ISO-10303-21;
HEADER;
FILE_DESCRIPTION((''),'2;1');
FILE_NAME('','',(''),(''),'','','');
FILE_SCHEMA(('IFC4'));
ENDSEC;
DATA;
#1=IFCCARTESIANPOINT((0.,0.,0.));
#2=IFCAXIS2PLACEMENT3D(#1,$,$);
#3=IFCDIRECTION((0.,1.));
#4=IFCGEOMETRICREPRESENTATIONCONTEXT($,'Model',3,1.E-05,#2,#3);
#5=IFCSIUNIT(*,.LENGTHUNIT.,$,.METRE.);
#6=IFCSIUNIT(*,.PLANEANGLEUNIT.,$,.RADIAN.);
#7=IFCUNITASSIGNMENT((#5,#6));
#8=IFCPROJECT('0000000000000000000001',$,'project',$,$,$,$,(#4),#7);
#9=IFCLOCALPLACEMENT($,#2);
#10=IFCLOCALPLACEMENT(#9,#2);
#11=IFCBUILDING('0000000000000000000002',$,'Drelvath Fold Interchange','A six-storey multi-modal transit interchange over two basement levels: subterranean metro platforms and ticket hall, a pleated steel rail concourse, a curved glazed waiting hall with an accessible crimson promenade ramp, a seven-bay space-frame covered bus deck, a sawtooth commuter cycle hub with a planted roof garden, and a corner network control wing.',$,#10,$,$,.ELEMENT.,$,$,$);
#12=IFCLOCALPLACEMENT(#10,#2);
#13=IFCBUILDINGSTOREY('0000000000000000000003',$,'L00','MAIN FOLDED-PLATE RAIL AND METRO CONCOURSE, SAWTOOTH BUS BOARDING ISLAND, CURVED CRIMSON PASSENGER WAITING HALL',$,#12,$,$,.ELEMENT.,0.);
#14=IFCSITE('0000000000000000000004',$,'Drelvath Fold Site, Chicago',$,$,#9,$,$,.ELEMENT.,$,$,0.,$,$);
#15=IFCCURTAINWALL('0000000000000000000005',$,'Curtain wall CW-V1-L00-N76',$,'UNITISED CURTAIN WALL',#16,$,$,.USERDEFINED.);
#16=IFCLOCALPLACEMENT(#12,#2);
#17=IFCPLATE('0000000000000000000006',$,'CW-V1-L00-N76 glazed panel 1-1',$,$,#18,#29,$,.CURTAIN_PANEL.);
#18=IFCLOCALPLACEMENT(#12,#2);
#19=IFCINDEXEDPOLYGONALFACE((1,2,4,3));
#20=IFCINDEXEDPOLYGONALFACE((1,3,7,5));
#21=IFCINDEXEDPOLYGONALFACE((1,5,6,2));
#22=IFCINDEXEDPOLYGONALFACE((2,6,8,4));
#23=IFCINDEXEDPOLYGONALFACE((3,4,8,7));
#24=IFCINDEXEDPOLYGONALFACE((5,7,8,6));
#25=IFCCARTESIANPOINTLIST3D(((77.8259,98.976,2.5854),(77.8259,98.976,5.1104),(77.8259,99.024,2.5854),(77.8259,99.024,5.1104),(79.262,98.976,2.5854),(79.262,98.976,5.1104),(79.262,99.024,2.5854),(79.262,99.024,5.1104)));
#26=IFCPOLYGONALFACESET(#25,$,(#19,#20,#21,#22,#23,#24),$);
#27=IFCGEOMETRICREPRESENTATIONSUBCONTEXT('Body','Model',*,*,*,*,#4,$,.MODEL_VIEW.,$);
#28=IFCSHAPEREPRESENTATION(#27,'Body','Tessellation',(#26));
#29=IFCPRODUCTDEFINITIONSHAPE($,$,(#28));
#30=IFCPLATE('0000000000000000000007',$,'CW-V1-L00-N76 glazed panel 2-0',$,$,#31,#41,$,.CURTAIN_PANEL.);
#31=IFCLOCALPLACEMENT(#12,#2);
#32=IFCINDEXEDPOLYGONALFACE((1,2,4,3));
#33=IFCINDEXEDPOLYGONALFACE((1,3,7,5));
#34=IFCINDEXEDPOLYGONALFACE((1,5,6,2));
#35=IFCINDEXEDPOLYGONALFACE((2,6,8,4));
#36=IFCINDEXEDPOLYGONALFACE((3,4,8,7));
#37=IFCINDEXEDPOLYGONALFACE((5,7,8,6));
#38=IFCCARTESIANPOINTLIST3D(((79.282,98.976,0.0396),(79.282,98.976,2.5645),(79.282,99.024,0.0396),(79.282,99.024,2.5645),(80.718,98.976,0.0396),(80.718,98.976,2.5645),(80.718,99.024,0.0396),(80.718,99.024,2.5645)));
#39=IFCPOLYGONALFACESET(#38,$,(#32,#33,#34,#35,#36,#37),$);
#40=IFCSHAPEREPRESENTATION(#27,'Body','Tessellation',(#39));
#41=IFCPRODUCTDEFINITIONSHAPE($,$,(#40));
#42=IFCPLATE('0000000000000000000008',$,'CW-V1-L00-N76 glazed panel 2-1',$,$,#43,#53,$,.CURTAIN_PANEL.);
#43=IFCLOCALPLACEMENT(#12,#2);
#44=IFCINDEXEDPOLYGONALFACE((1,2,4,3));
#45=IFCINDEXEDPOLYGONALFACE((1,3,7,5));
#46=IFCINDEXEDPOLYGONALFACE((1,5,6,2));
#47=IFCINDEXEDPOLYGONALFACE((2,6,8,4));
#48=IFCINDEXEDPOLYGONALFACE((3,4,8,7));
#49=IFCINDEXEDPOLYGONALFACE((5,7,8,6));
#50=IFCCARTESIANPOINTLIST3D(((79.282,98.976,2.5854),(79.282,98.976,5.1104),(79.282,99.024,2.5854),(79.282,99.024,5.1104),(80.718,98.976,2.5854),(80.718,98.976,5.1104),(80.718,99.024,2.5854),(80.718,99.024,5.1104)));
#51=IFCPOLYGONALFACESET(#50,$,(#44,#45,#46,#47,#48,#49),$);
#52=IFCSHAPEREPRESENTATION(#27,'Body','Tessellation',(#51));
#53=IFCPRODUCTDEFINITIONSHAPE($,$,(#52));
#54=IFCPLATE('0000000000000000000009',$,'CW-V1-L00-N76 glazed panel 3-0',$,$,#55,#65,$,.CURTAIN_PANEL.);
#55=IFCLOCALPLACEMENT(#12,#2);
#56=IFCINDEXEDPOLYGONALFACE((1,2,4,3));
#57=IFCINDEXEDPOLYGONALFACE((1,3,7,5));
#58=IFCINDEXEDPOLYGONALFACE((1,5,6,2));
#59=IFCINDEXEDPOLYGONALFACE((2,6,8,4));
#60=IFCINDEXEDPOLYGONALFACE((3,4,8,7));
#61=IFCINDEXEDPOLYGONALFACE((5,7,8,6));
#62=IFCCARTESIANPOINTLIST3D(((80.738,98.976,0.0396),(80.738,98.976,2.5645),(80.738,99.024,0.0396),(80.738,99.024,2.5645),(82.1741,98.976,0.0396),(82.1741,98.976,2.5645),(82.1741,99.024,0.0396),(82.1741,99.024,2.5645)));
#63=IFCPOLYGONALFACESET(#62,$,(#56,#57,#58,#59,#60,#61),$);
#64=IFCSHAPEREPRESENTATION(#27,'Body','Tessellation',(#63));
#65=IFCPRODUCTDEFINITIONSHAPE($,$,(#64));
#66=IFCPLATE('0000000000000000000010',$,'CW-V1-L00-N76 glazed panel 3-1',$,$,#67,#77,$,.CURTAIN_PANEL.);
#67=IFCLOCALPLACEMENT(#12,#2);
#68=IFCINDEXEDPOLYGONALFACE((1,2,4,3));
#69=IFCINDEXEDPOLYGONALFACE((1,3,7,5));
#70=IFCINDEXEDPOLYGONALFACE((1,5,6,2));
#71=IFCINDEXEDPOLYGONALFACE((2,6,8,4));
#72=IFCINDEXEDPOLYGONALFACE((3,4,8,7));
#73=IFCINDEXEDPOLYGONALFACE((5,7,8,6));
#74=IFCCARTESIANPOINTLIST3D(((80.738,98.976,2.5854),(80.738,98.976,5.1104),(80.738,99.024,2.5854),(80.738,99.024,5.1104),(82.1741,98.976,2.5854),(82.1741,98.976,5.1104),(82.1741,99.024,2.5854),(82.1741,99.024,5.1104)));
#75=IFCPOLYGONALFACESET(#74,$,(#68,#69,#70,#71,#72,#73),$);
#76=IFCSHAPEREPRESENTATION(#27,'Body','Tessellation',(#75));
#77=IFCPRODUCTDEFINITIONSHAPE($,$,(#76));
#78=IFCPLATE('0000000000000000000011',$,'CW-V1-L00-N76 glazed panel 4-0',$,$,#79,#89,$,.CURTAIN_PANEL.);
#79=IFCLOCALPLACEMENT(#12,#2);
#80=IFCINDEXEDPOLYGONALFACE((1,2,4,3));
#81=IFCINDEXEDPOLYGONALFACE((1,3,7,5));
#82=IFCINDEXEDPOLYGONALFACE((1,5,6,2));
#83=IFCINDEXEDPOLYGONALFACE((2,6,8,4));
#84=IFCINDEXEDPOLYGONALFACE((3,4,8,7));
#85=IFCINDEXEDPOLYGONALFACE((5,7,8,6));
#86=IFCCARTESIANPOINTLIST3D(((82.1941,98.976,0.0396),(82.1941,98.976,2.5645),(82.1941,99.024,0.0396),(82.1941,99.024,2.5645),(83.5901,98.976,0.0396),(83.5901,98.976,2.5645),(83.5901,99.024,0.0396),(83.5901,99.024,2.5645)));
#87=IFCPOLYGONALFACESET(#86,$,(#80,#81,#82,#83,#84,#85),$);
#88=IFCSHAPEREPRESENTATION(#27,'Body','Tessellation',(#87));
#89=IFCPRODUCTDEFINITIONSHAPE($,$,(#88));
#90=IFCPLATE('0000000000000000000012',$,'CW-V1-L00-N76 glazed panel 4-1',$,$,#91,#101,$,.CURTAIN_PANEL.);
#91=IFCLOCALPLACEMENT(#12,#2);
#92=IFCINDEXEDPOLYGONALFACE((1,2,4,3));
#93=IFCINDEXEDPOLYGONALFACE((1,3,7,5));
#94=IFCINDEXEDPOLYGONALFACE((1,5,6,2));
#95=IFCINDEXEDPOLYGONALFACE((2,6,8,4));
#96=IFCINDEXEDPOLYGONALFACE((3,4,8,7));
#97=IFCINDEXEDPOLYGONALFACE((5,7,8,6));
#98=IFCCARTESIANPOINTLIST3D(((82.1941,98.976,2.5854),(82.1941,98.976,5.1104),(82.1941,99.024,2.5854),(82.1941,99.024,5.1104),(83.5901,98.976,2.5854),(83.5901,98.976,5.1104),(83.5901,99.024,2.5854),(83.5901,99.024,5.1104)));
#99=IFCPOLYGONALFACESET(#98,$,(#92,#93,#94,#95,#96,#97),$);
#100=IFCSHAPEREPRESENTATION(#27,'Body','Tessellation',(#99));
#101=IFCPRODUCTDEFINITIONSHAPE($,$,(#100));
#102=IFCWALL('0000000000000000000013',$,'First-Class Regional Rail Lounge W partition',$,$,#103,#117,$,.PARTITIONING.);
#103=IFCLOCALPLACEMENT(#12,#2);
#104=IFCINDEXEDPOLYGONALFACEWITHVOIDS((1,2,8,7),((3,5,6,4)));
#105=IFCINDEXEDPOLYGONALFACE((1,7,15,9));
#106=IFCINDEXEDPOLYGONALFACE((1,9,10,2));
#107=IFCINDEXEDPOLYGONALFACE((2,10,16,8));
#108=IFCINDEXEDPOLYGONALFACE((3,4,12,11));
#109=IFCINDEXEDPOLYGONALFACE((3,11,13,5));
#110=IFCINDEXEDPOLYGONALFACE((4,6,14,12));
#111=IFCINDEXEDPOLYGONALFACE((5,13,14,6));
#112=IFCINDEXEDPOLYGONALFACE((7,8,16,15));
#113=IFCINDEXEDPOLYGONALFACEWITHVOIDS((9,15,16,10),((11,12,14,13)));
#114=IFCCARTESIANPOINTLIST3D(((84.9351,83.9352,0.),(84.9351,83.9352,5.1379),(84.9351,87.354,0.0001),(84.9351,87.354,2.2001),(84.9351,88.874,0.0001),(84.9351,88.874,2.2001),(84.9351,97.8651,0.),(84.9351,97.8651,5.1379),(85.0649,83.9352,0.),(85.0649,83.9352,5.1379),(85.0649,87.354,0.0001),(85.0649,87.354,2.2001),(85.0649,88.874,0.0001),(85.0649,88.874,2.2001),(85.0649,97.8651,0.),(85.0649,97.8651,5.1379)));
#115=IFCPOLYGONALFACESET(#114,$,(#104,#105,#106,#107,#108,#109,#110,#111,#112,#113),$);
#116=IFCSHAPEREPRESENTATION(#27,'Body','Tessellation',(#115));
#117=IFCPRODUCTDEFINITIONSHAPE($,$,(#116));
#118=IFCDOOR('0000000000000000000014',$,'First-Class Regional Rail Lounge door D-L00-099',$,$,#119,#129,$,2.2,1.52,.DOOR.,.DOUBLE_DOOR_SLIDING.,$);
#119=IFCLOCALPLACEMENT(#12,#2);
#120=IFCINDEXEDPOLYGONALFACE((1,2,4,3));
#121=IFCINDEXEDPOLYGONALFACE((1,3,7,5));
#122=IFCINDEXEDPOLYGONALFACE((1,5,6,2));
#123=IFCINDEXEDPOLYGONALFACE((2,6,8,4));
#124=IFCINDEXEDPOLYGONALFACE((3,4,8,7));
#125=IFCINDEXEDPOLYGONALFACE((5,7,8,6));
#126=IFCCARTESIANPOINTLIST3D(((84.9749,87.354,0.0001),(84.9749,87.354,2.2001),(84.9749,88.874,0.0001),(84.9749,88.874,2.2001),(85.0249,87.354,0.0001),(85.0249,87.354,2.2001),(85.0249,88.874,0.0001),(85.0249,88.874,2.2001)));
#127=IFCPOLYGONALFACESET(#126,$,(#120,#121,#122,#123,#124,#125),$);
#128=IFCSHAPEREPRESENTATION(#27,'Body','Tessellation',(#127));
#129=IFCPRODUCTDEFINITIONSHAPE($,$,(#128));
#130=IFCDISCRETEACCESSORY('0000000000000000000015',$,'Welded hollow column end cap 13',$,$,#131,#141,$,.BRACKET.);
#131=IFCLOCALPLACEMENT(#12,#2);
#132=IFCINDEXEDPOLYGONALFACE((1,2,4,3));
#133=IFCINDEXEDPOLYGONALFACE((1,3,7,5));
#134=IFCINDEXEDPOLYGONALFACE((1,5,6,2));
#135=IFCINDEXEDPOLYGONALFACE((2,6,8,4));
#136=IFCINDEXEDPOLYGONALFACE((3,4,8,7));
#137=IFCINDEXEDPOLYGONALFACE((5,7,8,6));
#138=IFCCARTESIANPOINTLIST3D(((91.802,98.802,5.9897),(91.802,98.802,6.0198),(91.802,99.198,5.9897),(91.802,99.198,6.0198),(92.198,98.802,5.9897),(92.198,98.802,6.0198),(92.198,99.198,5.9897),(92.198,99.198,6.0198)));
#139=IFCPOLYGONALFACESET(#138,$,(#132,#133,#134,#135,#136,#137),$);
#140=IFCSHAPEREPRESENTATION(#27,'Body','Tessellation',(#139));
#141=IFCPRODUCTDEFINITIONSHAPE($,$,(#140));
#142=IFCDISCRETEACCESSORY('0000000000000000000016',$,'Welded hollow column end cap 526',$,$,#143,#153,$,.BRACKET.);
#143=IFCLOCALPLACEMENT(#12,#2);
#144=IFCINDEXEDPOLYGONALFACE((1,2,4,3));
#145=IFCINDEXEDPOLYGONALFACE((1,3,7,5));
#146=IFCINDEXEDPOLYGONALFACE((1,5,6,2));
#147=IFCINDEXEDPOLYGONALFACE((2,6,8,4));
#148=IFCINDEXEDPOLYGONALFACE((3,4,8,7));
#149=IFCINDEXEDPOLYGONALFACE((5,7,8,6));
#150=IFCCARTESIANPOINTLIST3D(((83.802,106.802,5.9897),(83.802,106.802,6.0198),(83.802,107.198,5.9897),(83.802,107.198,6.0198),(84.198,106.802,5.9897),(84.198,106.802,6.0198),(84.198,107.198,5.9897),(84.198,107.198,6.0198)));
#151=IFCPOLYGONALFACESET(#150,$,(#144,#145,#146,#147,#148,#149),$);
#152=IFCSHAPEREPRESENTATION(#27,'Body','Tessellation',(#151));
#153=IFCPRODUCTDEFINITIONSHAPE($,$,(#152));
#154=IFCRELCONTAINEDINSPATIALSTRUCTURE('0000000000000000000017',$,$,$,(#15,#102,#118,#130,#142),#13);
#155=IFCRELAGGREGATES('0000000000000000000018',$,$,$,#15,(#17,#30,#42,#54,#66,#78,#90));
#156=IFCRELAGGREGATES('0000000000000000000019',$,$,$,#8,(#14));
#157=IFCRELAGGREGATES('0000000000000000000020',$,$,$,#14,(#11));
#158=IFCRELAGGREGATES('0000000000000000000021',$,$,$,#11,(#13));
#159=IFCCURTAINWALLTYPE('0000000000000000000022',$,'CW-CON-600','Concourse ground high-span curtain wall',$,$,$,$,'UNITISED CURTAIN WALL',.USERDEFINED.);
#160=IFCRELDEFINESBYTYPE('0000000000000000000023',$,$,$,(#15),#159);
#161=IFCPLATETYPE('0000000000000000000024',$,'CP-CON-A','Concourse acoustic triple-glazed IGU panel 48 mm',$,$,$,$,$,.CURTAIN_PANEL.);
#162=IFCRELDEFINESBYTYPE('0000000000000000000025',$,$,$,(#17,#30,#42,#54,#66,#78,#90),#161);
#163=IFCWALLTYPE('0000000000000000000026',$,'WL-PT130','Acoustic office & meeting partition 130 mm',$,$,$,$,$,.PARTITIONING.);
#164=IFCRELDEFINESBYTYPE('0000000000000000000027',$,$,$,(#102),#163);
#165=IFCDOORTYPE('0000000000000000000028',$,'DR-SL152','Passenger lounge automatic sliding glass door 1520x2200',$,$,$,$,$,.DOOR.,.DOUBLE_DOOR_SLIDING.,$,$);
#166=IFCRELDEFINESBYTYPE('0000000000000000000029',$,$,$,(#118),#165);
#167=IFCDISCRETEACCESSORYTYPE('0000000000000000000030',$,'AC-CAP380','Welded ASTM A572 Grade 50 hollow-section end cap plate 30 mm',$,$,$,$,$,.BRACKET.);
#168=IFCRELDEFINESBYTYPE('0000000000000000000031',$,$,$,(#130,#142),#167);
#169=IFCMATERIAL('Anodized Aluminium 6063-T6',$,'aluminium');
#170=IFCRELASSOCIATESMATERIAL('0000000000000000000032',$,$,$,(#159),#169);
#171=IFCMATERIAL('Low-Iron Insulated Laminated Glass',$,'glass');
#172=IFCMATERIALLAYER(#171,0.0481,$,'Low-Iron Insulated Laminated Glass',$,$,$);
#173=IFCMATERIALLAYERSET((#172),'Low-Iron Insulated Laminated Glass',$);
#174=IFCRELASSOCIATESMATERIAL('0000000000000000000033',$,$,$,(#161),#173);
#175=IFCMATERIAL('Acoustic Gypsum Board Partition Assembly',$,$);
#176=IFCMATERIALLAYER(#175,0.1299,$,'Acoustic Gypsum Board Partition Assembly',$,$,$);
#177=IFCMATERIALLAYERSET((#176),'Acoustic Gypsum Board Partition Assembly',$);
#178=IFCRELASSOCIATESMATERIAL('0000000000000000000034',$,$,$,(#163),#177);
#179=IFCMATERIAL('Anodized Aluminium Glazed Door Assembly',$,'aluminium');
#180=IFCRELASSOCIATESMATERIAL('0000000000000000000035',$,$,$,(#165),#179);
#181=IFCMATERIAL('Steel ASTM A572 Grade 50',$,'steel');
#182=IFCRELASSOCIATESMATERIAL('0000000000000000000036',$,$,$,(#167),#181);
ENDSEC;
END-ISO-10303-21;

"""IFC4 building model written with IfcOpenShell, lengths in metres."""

from ifc_helpers import new_model, si_unit, direction, frame, frame_2d, origin, origin_2d, place, context, subcontext, project, spatial, rectangle, extrude, material, layer, layer_set, type_object, element, fill, aggregate, save


model = new_model("IFC4")

# Units and contexts
model_context = context("Model", 3, precision=1e-05, world=origin(), true_north=direction((0.0, 1.0)))
body_context = subcontext(model_context, "Body", "Model", "MODEL_VIEW")
ifc_project = project(units=[si_unit("LENGTHUNIT", "METRE"), si_unit("PLANEANGLEUNIT", "RADIAN")], contexts=[model_context])

# Site, building, storey
site_placement = place(None, origin())
site = spatial("IfcSite", under=ifc_project, at=site_placement, Name="Drelvath Fold Site, Chicago", CompositionType="ELEMENT", RefElevation=0.0)
building_placement = place(site_placement, origin())
building = spatial("IfcBuilding", under=site, at=building_placement, Name="Drelvath Fold Interchange", Description="A six-storey multi-modal transit interchange over two basement levels: subterranean metro platforms and ticket hall, a pleated steel rail concourse, a curved glazed waiting hall with an accessible crimson promenade ramp, a seven-bay space-frame covered bus deck, a sawtooth commuter cycle hub with a planted roof garden, and a corner network control wing.", CompositionType="ELEMENT")
storey_placement = place(building_placement, origin())
storey = spatial("IfcBuildingStorey", under=building, at=storey_placement, Name="L00", Description="MAIN FOLDED-PLATE RAIL AND METRO CONCOURSE, SAWTOOTH BUS BOARDING ISLAND, CURVED CRIMSON PASSENGER WAITING HALL", CompositionType="ELEMENT", Elevation=0.0)

# Curtain wall, plates
ifc_material_1 = material(Name="Anodized Aluminium 6063-T6", Category="aluminium")
curtain_wall_type = type_object("IfcCurtainWallType", Name="CW-CON-600", Description="Concourse ground high-span curtain wall", ElementType="UNITISED CURTAIN WALL", PredefinedType="USERDEFINED", material=ifc_material_1)
curtain_wall_placement = place(storey_placement, origin())
curtain_wall = element("IfcCurtainWall", 1, at=curtain_wall_placement, inside=storey, type_object=curtain_wall_type, Name="Curtain wall CW-V1-L00-N76", ObjectType="UNITISED CURTAIN WALL", PredefinedType="USERDEFINED")
ifc_material_2 = material(Name="Low-Iron Insulated Laminated Glass", Category="glass")
ifc_layer_1 = layer(ifc_material_2, 0.0481, Name="Low-Iron Insulated Laminated Glass")
ifc_layer_set_1 = layer_set([ifc_layer_1], Name="Low-Iron Insulated Laminated Glass")
plate_type = type_object("IfcPlateType", Name="CP-CON-A", Description="Concourse acoustic triple-glazed IGU panel 48 mm", PredefinedType="CURTAIN_PANEL", material=ifc_layer_set_1)
plate_1_placement = place(storey_placement, frame((78.5439, 99.0, 2.5854), z_axis=(0.0, 0.0, 1.0), x_axis=(1.0, 0.0, 0.0)))
plate_1 = element("IfcPlate", 2, at=plate_1_placement, type_object=plate_type, Name="CW-V1-L00-N76 glazed panel 1-1", PredefinedType="CURTAIN_PANEL", context=body_context, shape_type="SweptSolid", body=[
    extrude(rectangle(XDim=1.436, YDim=0.0481, at=origin_2d()), origin(), (0.0, 0.0, 1.0), 2.5249),
])
plate_2_placement = place(storey_placement, frame((80.0, 99.0, 0.0396), z_axis=(0.0, 0.0, 1.0), x_axis=(1.0, 0.0, 0.0)))
plate_2 = element("IfcPlate", 3, at=plate_2_placement, type_object=plate_type, Name="CW-V1-L00-N76 glazed panel 2-0", PredefinedType="CURTAIN_PANEL", context=body_context, shape_type="SweptSolid", body=[
    extrude(rectangle(XDim=1.436, YDim=0.0481, at=origin_2d()), origin(), (0.0, 0.0, 1.0), 2.5249),
])
plate_3_placement = place(storey_placement, frame((80.0, 99.0, 2.5854), z_axis=(0.0, 0.0, 1.0), x_axis=(1.0, 0.0, 0.0)))
plate_3 = element("IfcPlate", 4, at=plate_3_placement, type_object=plate_type, Name="CW-V1-L00-N76 glazed panel 2-1", PredefinedType="CURTAIN_PANEL", context=body_context, shape_type="SweptSolid", body=[
    extrude(rectangle(XDim=1.436, YDim=0.0481, at=origin_2d()), origin(), (0.0, 0.0, 1.0), 2.5249),
])
plate_4_placement = place(storey_placement, frame((81.4561, 99.0, 0.0396), z_axis=(0.0, 0.0, 1.0), x_axis=(1.0, 0.0, 0.0)))
plate_4 = element("IfcPlate", 5, at=plate_4_placement, type_object=plate_type, Name="CW-V1-L00-N76 glazed panel 3-0", PredefinedType="CURTAIN_PANEL", context=body_context, shape_type="SweptSolid", body=[
    extrude(rectangle(XDim=1.436, YDim=0.0481, at=origin_2d()), origin(), (0.0, 0.0, 1.0), 2.5249),
])
plate_5_placement = place(storey_placement, frame((81.4561, 99.0, 2.5854), z_axis=(0.0, 0.0, 1.0), x_axis=(1.0, 0.0, 0.0)))
plate_5 = element("IfcPlate", 6, at=plate_5_placement, type_object=plate_type, Name="CW-V1-L00-N76 glazed panel 3-1", PredefinedType="CURTAIN_PANEL", context=body_context, shape_type="SweptSolid", body=[
    extrude(rectangle(XDim=1.436, YDim=0.0481, at=origin_2d()), origin(), (0.0, 0.0, 1.0), 2.5249),
])
plate_6_placement = place(storey_placement, frame((82.8921, 99.0, 0.0396), z_axis=(0.0, 0.0, 1.0), x_axis=(1.0, 0.0, 0.0)))
plate_6 = element("IfcPlate", 7, at=plate_6_placement, type_object=plate_type, Name="CW-V1-L00-N76 glazed panel 4-0", PredefinedType="CURTAIN_PANEL", context=body_context, shape_type="SweptSolid", body=[
    extrude(rectangle(XDim=1.396, YDim=0.0481, at=origin_2d()), origin(), (0.0, 0.0, 1.0), 2.5249),
])
plate_7_placement = place(storey_placement, frame((82.8921, 99.0, 2.5854), z_axis=(0.0, 0.0, 1.0), x_axis=(1.0, 0.0, 0.0)))
plate_7 = element("IfcPlate", 8, at=plate_7_placement, type_object=plate_type, Name="CW-V1-L00-N76 glazed panel 4-1", PredefinedType="CURTAIN_PANEL", context=body_context, shape_type="SweptSolid", body=[
    extrude(rectangle(XDim=1.396, YDim=0.0481, at=origin_2d()), origin(), (0.0, 0.0, 1.0), 2.5249),
])
aggregate(curtain_wall, [plate_1, plate_2, plate_3, plate_4, plate_5, plate_6, plate_7])

# Shared definitions
ifc_material_3 = material(Name="Anodized Aluminium Glazed Door Assembly", Category="aluminium")

# Wall, opening, door
ifc_material_4 = material(Name="Acoustic Gypsum Board Partition Assembly")
ifc_layer_2 = layer(ifc_material_4, 0.1299, Name="Acoustic Gypsum Board Partition Assembly")
ifc_layer_set_2 = layer_set([ifc_layer_2], Name="Acoustic Gypsum Board Partition Assembly")
wall_type_1 = type_object("IfcWallType", Name="WL-PT130", Description="Acoustic office & meeting partition 130 mm", PredefinedType="PARTITIONING", material=ifc_layer_set_2)
wall_1_placement = place(storey_placement, frame((85.0, 97.865, 0.0), z_axis=(0.0, 0.0, 1.0), x_axis=(0.0, -1.0, 0.0)))
wall_1 = element("IfcWall", 9, at=wall_1_placement, inside=storey, type_object=wall_type_1, Name="First-Class Regional Rail Lounge W partition", PredefinedType="PARTITIONING", context=body_context, shape_type="SweptSolid", body=[
    extrude(rectangle(XDim=13.9299, YDim=0.1299, at=frame_2d((6.9648, 0.0))), origin(), (0.0, 0.0, 1.0), 5.1379),
])
opening_1_placement = place(wall_1_placement, frame((8.991, 0.0, 0.0)))
opening_1 = element("IfcOpeningElement", 10, at=opening_1_placement, cuts=wall_1, PredefinedType="OPENING", context=body_context, shape_type="SweptSolid", body=[
    extrude(rectangle(XDim=1.52, YDim=2.2, at=frame_2d((0.76, 1.1001))), frame((0.0, 0.075, 0.0), z_axis=(0.0, -1.0, 0.0), x_axis=(1.0, 0.0, 0.0)), (0.0, 0.0, 1.0), 0.1499),
])
door_type_1 = type_object("IfcDoorType", Name="DR-SL152", Description="Passenger lounge automatic sliding glass door 1520x2200", OperationType="DOUBLE_DOOR_SLIDING", PredefinedType="DOOR", material=ifc_material_3)
door_1_placement = place(opening_1_placement, origin())
door_1 = element("IfcDoor", 11, at=door_1_placement, inside=storey, type_object=door_type_1, Name="First-Class Regional Rail Lounge door D-L00-099", OperationType="DOUBLE_DOOR_SLIDING", OverallHeight=2.2, OverallWidth=1.52, PredefinedType="DOOR", context=body_context, shape_type="SweptSolid", body=[
    extrude(rectangle(XDim=1.52, YDim=2.2, at=frame_2d((0.76, 1.1001))), frame((0.0, 0.0249, 0.0), z_axis=(0.0, -1.0, 0.0), x_axis=(1.0, 0.0, 0.0)), (0.0, 0.0, 1.0), 0.05),
])
fill(opening_1, door_1)

# Discrete accessories
ifc_material_5 = material(Name="Steel ASTM A572 Grade 50", Category="steel")
discrete_accessory_type = type_object("IfcDiscreteAccessoryType", Name="AC-CAP380", Description="Welded ASTM A572 Grade 50 hollow-section end cap plate 30 mm", PredefinedType="BRACKET", material=ifc_material_5)
for number, where, z_axis, x_axis, name in (
    (12, (92.0, 99.0, 5.9897), (0.0, 0.0, 1.0), (1.0, 0.0, 0.0), "Welded hollow column end cap 13"),
    (13, (84.0, 107.0, 5.9897), (0.0, 0.0, 1.0), (1.0, 0.0, 0.0), "Welded hollow column end cap 526"),
):
    element("IfcDiscreteAccessory", number, at=place(storey_placement, frame(where, z_axis=z_axis, x_axis=x_axis)), inside=storey, type_object=discrete_accessory_type, Name=name, PredefinedType="BRACKET", context=body_context, shape_type="SweptSolid", body=[
        extrude(rectangle(XDim=0.396, YDim=0.396, at=origin_2d()), origin(), (0.0, 0.0, 1.0), 0.03),
    ])

save(model, "model.ifc")
